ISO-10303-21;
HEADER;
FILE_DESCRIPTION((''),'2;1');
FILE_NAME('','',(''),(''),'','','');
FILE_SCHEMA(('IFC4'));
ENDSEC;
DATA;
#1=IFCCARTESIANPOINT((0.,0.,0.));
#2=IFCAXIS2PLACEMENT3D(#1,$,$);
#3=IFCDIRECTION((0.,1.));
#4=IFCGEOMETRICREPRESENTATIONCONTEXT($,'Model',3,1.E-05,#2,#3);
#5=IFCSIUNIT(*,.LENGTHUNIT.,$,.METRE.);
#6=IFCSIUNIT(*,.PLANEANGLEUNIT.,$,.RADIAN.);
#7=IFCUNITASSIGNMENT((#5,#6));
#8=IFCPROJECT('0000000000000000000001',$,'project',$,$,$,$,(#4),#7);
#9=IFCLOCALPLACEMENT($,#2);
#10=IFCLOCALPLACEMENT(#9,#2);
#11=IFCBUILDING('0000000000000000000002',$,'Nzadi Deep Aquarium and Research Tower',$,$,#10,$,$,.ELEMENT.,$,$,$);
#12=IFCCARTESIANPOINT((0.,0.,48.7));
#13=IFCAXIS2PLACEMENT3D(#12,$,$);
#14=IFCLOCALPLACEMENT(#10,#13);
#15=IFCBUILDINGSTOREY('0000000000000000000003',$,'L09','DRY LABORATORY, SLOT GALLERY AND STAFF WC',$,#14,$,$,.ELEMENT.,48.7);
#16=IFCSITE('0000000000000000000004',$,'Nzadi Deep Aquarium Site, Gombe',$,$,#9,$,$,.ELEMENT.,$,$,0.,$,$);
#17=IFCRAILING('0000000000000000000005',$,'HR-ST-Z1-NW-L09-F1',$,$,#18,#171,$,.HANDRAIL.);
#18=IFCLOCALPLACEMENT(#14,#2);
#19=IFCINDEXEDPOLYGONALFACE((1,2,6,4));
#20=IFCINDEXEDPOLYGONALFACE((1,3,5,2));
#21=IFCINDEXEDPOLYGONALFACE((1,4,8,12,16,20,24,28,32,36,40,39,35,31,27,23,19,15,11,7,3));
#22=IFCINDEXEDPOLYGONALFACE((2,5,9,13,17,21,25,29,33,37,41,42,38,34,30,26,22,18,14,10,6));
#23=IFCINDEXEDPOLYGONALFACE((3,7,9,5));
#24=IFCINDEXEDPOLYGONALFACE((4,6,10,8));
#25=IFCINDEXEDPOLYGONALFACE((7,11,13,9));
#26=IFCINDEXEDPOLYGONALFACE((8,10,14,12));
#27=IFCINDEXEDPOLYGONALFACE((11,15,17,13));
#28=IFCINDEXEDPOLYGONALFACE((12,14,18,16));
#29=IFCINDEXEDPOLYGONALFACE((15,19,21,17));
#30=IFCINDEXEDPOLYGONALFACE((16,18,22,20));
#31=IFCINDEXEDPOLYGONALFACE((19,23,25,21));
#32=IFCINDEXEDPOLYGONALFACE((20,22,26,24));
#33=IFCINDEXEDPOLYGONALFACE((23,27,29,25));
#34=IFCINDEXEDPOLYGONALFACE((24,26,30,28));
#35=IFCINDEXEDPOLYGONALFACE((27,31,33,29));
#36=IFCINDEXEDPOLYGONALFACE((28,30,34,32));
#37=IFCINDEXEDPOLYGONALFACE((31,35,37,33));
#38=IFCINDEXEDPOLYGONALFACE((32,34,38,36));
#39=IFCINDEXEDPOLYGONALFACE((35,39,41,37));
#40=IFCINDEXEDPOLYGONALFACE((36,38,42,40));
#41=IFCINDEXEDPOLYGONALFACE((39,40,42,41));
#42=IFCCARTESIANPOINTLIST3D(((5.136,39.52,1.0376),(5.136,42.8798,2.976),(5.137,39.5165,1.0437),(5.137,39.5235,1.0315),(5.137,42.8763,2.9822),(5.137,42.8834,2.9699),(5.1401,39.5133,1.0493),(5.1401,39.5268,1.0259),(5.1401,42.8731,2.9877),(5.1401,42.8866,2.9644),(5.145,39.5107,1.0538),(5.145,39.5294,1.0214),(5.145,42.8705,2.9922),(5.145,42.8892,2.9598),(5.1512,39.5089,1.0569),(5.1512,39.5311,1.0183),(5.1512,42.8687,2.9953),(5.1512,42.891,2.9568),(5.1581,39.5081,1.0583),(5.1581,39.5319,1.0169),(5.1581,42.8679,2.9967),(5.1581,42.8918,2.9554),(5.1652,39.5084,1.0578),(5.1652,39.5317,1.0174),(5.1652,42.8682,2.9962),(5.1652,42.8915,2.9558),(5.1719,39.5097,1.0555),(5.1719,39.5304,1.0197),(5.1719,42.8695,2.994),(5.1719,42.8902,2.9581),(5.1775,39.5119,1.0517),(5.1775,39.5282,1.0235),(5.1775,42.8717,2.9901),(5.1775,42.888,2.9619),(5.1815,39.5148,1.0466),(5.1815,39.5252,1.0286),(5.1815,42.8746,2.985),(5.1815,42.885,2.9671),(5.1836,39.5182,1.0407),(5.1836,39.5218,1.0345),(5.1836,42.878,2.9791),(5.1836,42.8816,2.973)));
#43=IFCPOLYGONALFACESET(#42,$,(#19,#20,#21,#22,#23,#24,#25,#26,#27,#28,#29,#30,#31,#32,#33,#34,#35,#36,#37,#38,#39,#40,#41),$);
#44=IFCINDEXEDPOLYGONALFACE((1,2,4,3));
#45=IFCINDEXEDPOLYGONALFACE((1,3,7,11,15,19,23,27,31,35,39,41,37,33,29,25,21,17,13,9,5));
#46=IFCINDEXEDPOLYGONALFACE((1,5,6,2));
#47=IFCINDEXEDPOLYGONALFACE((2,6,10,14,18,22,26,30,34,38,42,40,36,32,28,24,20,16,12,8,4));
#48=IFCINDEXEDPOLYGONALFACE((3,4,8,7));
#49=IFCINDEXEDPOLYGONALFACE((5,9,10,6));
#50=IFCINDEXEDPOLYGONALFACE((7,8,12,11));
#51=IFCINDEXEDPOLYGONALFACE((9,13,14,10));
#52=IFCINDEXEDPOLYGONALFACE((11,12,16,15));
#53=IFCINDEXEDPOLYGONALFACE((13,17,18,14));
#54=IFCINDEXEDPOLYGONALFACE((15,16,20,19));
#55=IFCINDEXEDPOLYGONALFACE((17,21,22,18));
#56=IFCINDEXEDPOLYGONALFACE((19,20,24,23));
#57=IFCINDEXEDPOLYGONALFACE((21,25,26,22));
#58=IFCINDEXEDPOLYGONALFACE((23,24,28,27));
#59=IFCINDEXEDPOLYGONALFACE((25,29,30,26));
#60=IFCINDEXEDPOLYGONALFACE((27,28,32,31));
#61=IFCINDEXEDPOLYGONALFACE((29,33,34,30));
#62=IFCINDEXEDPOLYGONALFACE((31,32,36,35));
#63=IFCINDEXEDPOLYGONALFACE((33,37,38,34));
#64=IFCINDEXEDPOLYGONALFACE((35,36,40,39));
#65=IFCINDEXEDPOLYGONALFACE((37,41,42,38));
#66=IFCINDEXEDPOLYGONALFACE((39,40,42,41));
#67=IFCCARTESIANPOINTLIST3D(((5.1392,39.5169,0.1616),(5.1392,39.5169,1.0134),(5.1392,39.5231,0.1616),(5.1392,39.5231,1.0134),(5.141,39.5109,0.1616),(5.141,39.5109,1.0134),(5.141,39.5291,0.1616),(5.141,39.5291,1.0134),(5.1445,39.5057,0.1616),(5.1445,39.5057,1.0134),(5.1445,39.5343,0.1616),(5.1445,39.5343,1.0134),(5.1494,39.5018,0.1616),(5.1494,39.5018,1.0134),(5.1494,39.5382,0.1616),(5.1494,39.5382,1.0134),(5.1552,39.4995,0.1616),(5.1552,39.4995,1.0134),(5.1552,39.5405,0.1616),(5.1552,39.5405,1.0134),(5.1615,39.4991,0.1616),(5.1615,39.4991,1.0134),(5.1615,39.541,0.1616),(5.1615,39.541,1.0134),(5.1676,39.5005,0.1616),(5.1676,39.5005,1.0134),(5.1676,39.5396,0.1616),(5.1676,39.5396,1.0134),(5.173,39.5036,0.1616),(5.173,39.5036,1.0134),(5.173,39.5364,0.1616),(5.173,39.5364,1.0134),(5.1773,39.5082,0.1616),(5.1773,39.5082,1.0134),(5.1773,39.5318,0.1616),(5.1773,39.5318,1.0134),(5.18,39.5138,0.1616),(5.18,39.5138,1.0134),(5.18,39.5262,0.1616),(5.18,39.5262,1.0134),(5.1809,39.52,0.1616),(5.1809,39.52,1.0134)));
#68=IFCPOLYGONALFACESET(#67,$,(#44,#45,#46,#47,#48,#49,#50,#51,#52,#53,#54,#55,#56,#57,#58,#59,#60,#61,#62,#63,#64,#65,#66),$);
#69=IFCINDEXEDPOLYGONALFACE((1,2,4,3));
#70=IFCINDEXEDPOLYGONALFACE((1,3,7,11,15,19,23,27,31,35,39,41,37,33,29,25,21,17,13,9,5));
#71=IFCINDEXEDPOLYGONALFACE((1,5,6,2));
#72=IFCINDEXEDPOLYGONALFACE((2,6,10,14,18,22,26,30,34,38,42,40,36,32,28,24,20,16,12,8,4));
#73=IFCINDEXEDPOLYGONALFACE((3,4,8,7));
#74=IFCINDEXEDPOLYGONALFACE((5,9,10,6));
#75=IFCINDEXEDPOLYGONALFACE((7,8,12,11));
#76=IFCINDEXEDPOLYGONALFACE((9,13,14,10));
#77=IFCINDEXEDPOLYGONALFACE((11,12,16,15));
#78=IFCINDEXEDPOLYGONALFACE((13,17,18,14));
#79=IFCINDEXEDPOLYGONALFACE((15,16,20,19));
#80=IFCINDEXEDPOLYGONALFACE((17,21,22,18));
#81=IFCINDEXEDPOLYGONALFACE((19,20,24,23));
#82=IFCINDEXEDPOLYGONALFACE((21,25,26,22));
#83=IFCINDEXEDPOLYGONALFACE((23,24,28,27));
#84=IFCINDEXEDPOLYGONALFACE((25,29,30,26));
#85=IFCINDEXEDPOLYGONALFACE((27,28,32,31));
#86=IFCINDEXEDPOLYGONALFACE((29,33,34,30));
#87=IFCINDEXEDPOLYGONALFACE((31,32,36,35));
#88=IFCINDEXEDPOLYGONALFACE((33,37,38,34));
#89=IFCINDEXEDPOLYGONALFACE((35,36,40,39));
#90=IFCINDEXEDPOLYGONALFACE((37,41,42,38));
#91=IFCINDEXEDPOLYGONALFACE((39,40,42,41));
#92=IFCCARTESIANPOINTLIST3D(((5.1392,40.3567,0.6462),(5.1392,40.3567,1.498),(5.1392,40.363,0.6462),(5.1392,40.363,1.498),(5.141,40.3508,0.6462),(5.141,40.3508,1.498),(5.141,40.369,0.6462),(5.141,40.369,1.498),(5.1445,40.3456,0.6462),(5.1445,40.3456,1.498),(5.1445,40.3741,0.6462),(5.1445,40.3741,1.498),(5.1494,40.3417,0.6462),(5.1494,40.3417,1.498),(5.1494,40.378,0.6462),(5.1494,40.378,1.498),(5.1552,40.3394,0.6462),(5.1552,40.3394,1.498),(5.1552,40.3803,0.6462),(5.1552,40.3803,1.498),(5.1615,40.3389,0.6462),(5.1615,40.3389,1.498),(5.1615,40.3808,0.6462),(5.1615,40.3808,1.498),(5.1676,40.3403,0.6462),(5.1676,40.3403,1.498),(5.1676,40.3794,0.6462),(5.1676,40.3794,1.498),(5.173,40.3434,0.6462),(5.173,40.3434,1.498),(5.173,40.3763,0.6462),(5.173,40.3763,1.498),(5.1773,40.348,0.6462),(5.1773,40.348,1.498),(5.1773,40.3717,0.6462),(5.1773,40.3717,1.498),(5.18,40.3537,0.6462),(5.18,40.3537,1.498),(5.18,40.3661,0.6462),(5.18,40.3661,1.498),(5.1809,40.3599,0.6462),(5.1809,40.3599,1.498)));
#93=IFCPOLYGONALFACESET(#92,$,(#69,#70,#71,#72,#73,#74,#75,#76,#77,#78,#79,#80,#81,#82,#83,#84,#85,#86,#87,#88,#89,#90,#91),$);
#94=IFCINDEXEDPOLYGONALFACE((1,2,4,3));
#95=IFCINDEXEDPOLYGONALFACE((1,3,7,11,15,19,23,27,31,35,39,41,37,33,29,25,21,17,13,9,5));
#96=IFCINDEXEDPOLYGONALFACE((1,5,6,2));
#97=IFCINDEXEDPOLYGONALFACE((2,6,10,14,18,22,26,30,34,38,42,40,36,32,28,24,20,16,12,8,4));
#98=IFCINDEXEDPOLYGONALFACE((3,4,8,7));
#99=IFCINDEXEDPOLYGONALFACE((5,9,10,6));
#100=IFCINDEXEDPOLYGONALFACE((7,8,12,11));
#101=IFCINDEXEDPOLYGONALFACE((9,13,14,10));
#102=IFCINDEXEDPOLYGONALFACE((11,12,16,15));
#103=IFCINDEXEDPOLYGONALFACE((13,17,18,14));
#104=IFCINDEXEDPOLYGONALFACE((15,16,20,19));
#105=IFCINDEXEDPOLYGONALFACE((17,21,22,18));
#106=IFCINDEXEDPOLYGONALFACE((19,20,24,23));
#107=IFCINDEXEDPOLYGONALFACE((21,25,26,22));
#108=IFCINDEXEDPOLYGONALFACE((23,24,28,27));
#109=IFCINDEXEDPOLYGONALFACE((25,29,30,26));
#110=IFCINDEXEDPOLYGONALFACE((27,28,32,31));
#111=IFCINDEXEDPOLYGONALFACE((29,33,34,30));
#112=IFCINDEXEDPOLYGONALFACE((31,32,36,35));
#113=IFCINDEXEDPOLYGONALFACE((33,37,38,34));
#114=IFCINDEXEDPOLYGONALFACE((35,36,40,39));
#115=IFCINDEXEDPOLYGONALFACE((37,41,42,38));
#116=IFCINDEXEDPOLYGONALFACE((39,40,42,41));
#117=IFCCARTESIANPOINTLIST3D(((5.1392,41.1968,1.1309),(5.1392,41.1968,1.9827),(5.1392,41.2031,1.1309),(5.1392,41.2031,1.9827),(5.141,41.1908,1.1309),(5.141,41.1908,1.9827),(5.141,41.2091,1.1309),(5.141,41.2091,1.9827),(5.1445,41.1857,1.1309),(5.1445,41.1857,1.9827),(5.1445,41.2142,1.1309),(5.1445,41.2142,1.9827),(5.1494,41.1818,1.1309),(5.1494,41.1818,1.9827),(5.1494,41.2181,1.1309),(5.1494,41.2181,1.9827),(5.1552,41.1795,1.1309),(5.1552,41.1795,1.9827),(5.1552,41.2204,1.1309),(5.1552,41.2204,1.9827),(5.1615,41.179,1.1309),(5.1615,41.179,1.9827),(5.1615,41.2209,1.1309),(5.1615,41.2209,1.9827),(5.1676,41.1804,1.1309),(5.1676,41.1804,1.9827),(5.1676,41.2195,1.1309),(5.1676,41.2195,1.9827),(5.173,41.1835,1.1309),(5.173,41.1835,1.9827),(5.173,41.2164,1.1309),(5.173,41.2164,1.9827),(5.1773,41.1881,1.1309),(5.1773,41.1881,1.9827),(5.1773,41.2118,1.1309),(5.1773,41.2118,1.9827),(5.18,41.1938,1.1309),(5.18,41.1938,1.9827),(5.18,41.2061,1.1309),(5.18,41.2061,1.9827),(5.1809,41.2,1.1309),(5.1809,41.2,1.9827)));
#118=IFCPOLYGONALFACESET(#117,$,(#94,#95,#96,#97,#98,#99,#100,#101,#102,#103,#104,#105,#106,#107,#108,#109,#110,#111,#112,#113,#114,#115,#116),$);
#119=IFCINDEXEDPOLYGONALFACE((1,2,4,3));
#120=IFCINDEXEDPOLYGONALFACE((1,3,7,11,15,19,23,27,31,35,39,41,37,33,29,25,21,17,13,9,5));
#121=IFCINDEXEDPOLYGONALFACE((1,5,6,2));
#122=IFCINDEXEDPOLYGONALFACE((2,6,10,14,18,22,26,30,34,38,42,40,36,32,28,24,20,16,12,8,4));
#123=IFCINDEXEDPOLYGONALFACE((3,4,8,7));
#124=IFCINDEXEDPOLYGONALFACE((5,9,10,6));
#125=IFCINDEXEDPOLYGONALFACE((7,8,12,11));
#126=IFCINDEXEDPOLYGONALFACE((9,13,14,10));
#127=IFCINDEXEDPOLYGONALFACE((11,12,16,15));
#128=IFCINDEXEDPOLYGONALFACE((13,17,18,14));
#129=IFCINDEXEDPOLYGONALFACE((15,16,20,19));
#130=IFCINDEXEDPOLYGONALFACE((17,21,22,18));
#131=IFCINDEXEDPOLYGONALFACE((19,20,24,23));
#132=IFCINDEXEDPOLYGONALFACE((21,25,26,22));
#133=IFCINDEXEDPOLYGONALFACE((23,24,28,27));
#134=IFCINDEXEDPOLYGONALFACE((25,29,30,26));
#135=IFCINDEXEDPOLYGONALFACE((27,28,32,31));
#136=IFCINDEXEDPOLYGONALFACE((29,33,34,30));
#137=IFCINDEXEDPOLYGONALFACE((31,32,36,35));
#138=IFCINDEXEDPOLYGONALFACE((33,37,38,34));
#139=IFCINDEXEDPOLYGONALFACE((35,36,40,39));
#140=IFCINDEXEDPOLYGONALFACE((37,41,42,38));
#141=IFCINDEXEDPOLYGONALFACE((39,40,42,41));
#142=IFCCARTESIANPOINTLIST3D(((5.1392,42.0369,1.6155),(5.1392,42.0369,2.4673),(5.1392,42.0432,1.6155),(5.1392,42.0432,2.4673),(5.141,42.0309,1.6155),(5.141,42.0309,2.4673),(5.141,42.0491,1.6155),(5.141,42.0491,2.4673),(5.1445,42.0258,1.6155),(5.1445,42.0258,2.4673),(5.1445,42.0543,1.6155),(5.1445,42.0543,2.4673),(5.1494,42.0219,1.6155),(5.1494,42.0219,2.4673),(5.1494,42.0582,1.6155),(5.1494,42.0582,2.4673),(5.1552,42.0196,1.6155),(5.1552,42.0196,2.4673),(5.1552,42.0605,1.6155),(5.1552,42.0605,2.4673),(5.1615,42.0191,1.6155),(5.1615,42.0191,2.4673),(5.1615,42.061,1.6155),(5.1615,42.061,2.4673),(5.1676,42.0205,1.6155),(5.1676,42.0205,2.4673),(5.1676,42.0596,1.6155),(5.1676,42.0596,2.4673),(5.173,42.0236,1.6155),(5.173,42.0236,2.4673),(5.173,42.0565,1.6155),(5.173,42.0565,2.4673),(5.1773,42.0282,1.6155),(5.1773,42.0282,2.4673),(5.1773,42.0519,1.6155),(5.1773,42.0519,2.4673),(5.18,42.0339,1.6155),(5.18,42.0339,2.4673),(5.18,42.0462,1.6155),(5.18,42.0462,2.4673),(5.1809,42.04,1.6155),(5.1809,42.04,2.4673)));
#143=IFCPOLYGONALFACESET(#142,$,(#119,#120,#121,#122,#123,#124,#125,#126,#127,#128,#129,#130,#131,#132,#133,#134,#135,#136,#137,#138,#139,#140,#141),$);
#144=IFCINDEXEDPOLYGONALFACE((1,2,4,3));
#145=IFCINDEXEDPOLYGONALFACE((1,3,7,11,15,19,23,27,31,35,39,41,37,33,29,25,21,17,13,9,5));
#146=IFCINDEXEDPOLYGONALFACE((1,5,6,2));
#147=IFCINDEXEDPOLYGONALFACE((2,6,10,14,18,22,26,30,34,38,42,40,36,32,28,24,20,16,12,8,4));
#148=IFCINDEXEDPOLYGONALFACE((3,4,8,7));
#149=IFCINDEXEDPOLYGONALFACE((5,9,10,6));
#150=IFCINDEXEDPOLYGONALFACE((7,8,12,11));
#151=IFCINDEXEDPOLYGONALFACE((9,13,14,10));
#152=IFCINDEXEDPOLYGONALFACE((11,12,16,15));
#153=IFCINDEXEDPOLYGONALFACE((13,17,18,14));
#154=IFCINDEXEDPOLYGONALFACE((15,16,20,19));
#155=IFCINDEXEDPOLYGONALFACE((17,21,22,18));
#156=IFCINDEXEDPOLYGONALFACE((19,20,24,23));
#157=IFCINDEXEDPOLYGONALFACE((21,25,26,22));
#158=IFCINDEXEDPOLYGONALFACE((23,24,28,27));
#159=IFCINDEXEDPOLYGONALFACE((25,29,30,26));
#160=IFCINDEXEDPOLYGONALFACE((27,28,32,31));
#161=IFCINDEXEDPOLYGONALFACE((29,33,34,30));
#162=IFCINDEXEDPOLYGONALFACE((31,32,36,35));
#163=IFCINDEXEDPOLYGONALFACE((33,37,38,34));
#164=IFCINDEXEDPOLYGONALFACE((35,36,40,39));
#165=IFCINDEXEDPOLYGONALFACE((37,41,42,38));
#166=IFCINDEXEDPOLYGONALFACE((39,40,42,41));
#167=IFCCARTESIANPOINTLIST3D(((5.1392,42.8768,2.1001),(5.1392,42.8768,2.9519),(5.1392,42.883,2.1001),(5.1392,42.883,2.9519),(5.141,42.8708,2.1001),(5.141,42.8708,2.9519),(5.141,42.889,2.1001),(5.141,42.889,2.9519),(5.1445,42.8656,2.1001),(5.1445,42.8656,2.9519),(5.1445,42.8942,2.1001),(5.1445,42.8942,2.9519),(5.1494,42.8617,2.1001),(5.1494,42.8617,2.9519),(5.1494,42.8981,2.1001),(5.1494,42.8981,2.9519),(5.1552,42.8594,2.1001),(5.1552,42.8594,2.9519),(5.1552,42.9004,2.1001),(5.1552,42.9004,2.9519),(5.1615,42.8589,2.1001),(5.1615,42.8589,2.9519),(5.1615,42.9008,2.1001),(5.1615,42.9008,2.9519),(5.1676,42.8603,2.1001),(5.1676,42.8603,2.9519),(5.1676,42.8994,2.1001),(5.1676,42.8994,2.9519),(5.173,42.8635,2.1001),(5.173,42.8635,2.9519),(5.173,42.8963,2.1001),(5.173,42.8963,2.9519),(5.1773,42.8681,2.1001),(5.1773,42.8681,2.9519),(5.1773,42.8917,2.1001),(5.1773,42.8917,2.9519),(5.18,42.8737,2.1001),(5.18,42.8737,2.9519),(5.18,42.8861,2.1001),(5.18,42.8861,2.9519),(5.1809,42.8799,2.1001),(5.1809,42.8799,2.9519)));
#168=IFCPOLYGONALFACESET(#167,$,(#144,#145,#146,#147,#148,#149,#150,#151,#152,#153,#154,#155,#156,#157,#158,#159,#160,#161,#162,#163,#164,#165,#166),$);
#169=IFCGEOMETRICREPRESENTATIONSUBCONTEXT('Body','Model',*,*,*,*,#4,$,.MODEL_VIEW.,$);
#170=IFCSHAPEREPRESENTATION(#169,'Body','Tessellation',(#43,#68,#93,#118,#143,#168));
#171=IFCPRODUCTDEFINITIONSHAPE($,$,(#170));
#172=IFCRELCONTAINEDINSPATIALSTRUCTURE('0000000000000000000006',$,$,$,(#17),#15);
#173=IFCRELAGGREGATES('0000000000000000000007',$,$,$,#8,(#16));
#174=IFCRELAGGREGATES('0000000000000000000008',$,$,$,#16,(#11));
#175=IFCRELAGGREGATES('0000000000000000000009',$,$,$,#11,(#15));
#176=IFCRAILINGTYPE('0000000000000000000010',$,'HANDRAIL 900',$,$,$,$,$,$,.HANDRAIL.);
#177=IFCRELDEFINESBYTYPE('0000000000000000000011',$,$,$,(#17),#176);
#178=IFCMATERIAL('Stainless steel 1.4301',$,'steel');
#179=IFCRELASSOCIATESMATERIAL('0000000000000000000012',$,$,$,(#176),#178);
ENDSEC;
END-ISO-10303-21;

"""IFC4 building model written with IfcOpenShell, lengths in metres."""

from ifc_helpers import new_model, si_unit, direction, frame, origin, origin_2d, place, context, subcontext, project, spatial, circle, extrude, material, type_object, element, save


model = new_model("IFC4")

# Units and contexts
model_context = context("Model", 3, precision=1e-05, world=origin(), true_north=direction((0.0, 1.0)))
body_context = subcontext(model_context, "Body", "Model", "MODEL_VIEW")
ifc_project = project(units=[si_unit("LENGTHUNIT", "METRE"), si_unit("PLANEANGLEUNIT", "RADIAN")], contexts=[model_context])

# Site, building, storey
site_placement = place(None, origin())
site = spatial("IfcSite", under=ifc_project, at=site_placement, Name="Nzadi Deep Aquarium Site, Gombe", CompositionType="ELEMENT", RefElevation=0.0)
building_placement = place(site_placement, origin())
building = spatial("IfcBuilding", under=site, at=building_placement, Name="Nzadi Deep Aquarium and Research Tower", CompositionType="ELEMENT")
storey_placement = place(building_placement, frame((0.0, 0.0, 48.7)))
storey = spatial("IfcBuildingStorey", under=building, at=storey_placement, Name="L09", Description="DRY LABORATORY, SLOT GALLERY AND STAFF WC", CompositionType="ELEMENT", Elevation=48.7)

# Railing
ifc_material_1 = material(Name="Stainless steel 1.4301", Category="steel")
railing_type = type_object("IfcRailingType", Name="HANDRAIL 900", PredefinedType="HANDRAIL", material=ifc_material_1)
for number, where, name in (
    (1, (5.1599, 39.52, 0.1616), "HR-ST-Z1-NW-L09-F1"),
):
    element("IfcRailing", number, at=place(storey_placement, frame(where)), inside=storey, type_object=railing_type, Name=name, PredefinedType="HANDRAIL", context=body_context, shape_type="SweptSolid", body=[
        extrude(circle(Radius=0.0239, at=origin_2d()), frame((0.0, 0.0, 0.876), z_axis=(0.0, 0.866175, 0.499741), x_axis=(-1.0, 0.0, 0.0)), (0.0, 0.0, 1.0), 3.8789),
        extrude(circle(Radius=0.021, at=origin_2d()), origin(), (0.0, 0.0, 1.0), 0.8518),
        extrude(circle(Radius=0.021, at=origin_2d()), frame((0.0, 0.8398, 0.4846)), (0.0, 0.0, 1.0), 0.8518),
        extrude(circle(Radius=0.021, at=origin_2d()), frame((0.0, 1.6799, 0.9692)), (0.0, 0.0, 1.0), 0.8518),
        extrude(circle(Radius=0.021, at=origin_2d()), frame((0.0, 2.52, 1.4539)), (0.0, 0.0, 1.0), 0.8518),
        extrude(circle(Radius=0.021, at=origin_2d()), frame((0.0, 3.3599, 1.9385)), (0.0, 0.0, 1.0), 0.8518),
    ])

save(model, "model.ifc")
